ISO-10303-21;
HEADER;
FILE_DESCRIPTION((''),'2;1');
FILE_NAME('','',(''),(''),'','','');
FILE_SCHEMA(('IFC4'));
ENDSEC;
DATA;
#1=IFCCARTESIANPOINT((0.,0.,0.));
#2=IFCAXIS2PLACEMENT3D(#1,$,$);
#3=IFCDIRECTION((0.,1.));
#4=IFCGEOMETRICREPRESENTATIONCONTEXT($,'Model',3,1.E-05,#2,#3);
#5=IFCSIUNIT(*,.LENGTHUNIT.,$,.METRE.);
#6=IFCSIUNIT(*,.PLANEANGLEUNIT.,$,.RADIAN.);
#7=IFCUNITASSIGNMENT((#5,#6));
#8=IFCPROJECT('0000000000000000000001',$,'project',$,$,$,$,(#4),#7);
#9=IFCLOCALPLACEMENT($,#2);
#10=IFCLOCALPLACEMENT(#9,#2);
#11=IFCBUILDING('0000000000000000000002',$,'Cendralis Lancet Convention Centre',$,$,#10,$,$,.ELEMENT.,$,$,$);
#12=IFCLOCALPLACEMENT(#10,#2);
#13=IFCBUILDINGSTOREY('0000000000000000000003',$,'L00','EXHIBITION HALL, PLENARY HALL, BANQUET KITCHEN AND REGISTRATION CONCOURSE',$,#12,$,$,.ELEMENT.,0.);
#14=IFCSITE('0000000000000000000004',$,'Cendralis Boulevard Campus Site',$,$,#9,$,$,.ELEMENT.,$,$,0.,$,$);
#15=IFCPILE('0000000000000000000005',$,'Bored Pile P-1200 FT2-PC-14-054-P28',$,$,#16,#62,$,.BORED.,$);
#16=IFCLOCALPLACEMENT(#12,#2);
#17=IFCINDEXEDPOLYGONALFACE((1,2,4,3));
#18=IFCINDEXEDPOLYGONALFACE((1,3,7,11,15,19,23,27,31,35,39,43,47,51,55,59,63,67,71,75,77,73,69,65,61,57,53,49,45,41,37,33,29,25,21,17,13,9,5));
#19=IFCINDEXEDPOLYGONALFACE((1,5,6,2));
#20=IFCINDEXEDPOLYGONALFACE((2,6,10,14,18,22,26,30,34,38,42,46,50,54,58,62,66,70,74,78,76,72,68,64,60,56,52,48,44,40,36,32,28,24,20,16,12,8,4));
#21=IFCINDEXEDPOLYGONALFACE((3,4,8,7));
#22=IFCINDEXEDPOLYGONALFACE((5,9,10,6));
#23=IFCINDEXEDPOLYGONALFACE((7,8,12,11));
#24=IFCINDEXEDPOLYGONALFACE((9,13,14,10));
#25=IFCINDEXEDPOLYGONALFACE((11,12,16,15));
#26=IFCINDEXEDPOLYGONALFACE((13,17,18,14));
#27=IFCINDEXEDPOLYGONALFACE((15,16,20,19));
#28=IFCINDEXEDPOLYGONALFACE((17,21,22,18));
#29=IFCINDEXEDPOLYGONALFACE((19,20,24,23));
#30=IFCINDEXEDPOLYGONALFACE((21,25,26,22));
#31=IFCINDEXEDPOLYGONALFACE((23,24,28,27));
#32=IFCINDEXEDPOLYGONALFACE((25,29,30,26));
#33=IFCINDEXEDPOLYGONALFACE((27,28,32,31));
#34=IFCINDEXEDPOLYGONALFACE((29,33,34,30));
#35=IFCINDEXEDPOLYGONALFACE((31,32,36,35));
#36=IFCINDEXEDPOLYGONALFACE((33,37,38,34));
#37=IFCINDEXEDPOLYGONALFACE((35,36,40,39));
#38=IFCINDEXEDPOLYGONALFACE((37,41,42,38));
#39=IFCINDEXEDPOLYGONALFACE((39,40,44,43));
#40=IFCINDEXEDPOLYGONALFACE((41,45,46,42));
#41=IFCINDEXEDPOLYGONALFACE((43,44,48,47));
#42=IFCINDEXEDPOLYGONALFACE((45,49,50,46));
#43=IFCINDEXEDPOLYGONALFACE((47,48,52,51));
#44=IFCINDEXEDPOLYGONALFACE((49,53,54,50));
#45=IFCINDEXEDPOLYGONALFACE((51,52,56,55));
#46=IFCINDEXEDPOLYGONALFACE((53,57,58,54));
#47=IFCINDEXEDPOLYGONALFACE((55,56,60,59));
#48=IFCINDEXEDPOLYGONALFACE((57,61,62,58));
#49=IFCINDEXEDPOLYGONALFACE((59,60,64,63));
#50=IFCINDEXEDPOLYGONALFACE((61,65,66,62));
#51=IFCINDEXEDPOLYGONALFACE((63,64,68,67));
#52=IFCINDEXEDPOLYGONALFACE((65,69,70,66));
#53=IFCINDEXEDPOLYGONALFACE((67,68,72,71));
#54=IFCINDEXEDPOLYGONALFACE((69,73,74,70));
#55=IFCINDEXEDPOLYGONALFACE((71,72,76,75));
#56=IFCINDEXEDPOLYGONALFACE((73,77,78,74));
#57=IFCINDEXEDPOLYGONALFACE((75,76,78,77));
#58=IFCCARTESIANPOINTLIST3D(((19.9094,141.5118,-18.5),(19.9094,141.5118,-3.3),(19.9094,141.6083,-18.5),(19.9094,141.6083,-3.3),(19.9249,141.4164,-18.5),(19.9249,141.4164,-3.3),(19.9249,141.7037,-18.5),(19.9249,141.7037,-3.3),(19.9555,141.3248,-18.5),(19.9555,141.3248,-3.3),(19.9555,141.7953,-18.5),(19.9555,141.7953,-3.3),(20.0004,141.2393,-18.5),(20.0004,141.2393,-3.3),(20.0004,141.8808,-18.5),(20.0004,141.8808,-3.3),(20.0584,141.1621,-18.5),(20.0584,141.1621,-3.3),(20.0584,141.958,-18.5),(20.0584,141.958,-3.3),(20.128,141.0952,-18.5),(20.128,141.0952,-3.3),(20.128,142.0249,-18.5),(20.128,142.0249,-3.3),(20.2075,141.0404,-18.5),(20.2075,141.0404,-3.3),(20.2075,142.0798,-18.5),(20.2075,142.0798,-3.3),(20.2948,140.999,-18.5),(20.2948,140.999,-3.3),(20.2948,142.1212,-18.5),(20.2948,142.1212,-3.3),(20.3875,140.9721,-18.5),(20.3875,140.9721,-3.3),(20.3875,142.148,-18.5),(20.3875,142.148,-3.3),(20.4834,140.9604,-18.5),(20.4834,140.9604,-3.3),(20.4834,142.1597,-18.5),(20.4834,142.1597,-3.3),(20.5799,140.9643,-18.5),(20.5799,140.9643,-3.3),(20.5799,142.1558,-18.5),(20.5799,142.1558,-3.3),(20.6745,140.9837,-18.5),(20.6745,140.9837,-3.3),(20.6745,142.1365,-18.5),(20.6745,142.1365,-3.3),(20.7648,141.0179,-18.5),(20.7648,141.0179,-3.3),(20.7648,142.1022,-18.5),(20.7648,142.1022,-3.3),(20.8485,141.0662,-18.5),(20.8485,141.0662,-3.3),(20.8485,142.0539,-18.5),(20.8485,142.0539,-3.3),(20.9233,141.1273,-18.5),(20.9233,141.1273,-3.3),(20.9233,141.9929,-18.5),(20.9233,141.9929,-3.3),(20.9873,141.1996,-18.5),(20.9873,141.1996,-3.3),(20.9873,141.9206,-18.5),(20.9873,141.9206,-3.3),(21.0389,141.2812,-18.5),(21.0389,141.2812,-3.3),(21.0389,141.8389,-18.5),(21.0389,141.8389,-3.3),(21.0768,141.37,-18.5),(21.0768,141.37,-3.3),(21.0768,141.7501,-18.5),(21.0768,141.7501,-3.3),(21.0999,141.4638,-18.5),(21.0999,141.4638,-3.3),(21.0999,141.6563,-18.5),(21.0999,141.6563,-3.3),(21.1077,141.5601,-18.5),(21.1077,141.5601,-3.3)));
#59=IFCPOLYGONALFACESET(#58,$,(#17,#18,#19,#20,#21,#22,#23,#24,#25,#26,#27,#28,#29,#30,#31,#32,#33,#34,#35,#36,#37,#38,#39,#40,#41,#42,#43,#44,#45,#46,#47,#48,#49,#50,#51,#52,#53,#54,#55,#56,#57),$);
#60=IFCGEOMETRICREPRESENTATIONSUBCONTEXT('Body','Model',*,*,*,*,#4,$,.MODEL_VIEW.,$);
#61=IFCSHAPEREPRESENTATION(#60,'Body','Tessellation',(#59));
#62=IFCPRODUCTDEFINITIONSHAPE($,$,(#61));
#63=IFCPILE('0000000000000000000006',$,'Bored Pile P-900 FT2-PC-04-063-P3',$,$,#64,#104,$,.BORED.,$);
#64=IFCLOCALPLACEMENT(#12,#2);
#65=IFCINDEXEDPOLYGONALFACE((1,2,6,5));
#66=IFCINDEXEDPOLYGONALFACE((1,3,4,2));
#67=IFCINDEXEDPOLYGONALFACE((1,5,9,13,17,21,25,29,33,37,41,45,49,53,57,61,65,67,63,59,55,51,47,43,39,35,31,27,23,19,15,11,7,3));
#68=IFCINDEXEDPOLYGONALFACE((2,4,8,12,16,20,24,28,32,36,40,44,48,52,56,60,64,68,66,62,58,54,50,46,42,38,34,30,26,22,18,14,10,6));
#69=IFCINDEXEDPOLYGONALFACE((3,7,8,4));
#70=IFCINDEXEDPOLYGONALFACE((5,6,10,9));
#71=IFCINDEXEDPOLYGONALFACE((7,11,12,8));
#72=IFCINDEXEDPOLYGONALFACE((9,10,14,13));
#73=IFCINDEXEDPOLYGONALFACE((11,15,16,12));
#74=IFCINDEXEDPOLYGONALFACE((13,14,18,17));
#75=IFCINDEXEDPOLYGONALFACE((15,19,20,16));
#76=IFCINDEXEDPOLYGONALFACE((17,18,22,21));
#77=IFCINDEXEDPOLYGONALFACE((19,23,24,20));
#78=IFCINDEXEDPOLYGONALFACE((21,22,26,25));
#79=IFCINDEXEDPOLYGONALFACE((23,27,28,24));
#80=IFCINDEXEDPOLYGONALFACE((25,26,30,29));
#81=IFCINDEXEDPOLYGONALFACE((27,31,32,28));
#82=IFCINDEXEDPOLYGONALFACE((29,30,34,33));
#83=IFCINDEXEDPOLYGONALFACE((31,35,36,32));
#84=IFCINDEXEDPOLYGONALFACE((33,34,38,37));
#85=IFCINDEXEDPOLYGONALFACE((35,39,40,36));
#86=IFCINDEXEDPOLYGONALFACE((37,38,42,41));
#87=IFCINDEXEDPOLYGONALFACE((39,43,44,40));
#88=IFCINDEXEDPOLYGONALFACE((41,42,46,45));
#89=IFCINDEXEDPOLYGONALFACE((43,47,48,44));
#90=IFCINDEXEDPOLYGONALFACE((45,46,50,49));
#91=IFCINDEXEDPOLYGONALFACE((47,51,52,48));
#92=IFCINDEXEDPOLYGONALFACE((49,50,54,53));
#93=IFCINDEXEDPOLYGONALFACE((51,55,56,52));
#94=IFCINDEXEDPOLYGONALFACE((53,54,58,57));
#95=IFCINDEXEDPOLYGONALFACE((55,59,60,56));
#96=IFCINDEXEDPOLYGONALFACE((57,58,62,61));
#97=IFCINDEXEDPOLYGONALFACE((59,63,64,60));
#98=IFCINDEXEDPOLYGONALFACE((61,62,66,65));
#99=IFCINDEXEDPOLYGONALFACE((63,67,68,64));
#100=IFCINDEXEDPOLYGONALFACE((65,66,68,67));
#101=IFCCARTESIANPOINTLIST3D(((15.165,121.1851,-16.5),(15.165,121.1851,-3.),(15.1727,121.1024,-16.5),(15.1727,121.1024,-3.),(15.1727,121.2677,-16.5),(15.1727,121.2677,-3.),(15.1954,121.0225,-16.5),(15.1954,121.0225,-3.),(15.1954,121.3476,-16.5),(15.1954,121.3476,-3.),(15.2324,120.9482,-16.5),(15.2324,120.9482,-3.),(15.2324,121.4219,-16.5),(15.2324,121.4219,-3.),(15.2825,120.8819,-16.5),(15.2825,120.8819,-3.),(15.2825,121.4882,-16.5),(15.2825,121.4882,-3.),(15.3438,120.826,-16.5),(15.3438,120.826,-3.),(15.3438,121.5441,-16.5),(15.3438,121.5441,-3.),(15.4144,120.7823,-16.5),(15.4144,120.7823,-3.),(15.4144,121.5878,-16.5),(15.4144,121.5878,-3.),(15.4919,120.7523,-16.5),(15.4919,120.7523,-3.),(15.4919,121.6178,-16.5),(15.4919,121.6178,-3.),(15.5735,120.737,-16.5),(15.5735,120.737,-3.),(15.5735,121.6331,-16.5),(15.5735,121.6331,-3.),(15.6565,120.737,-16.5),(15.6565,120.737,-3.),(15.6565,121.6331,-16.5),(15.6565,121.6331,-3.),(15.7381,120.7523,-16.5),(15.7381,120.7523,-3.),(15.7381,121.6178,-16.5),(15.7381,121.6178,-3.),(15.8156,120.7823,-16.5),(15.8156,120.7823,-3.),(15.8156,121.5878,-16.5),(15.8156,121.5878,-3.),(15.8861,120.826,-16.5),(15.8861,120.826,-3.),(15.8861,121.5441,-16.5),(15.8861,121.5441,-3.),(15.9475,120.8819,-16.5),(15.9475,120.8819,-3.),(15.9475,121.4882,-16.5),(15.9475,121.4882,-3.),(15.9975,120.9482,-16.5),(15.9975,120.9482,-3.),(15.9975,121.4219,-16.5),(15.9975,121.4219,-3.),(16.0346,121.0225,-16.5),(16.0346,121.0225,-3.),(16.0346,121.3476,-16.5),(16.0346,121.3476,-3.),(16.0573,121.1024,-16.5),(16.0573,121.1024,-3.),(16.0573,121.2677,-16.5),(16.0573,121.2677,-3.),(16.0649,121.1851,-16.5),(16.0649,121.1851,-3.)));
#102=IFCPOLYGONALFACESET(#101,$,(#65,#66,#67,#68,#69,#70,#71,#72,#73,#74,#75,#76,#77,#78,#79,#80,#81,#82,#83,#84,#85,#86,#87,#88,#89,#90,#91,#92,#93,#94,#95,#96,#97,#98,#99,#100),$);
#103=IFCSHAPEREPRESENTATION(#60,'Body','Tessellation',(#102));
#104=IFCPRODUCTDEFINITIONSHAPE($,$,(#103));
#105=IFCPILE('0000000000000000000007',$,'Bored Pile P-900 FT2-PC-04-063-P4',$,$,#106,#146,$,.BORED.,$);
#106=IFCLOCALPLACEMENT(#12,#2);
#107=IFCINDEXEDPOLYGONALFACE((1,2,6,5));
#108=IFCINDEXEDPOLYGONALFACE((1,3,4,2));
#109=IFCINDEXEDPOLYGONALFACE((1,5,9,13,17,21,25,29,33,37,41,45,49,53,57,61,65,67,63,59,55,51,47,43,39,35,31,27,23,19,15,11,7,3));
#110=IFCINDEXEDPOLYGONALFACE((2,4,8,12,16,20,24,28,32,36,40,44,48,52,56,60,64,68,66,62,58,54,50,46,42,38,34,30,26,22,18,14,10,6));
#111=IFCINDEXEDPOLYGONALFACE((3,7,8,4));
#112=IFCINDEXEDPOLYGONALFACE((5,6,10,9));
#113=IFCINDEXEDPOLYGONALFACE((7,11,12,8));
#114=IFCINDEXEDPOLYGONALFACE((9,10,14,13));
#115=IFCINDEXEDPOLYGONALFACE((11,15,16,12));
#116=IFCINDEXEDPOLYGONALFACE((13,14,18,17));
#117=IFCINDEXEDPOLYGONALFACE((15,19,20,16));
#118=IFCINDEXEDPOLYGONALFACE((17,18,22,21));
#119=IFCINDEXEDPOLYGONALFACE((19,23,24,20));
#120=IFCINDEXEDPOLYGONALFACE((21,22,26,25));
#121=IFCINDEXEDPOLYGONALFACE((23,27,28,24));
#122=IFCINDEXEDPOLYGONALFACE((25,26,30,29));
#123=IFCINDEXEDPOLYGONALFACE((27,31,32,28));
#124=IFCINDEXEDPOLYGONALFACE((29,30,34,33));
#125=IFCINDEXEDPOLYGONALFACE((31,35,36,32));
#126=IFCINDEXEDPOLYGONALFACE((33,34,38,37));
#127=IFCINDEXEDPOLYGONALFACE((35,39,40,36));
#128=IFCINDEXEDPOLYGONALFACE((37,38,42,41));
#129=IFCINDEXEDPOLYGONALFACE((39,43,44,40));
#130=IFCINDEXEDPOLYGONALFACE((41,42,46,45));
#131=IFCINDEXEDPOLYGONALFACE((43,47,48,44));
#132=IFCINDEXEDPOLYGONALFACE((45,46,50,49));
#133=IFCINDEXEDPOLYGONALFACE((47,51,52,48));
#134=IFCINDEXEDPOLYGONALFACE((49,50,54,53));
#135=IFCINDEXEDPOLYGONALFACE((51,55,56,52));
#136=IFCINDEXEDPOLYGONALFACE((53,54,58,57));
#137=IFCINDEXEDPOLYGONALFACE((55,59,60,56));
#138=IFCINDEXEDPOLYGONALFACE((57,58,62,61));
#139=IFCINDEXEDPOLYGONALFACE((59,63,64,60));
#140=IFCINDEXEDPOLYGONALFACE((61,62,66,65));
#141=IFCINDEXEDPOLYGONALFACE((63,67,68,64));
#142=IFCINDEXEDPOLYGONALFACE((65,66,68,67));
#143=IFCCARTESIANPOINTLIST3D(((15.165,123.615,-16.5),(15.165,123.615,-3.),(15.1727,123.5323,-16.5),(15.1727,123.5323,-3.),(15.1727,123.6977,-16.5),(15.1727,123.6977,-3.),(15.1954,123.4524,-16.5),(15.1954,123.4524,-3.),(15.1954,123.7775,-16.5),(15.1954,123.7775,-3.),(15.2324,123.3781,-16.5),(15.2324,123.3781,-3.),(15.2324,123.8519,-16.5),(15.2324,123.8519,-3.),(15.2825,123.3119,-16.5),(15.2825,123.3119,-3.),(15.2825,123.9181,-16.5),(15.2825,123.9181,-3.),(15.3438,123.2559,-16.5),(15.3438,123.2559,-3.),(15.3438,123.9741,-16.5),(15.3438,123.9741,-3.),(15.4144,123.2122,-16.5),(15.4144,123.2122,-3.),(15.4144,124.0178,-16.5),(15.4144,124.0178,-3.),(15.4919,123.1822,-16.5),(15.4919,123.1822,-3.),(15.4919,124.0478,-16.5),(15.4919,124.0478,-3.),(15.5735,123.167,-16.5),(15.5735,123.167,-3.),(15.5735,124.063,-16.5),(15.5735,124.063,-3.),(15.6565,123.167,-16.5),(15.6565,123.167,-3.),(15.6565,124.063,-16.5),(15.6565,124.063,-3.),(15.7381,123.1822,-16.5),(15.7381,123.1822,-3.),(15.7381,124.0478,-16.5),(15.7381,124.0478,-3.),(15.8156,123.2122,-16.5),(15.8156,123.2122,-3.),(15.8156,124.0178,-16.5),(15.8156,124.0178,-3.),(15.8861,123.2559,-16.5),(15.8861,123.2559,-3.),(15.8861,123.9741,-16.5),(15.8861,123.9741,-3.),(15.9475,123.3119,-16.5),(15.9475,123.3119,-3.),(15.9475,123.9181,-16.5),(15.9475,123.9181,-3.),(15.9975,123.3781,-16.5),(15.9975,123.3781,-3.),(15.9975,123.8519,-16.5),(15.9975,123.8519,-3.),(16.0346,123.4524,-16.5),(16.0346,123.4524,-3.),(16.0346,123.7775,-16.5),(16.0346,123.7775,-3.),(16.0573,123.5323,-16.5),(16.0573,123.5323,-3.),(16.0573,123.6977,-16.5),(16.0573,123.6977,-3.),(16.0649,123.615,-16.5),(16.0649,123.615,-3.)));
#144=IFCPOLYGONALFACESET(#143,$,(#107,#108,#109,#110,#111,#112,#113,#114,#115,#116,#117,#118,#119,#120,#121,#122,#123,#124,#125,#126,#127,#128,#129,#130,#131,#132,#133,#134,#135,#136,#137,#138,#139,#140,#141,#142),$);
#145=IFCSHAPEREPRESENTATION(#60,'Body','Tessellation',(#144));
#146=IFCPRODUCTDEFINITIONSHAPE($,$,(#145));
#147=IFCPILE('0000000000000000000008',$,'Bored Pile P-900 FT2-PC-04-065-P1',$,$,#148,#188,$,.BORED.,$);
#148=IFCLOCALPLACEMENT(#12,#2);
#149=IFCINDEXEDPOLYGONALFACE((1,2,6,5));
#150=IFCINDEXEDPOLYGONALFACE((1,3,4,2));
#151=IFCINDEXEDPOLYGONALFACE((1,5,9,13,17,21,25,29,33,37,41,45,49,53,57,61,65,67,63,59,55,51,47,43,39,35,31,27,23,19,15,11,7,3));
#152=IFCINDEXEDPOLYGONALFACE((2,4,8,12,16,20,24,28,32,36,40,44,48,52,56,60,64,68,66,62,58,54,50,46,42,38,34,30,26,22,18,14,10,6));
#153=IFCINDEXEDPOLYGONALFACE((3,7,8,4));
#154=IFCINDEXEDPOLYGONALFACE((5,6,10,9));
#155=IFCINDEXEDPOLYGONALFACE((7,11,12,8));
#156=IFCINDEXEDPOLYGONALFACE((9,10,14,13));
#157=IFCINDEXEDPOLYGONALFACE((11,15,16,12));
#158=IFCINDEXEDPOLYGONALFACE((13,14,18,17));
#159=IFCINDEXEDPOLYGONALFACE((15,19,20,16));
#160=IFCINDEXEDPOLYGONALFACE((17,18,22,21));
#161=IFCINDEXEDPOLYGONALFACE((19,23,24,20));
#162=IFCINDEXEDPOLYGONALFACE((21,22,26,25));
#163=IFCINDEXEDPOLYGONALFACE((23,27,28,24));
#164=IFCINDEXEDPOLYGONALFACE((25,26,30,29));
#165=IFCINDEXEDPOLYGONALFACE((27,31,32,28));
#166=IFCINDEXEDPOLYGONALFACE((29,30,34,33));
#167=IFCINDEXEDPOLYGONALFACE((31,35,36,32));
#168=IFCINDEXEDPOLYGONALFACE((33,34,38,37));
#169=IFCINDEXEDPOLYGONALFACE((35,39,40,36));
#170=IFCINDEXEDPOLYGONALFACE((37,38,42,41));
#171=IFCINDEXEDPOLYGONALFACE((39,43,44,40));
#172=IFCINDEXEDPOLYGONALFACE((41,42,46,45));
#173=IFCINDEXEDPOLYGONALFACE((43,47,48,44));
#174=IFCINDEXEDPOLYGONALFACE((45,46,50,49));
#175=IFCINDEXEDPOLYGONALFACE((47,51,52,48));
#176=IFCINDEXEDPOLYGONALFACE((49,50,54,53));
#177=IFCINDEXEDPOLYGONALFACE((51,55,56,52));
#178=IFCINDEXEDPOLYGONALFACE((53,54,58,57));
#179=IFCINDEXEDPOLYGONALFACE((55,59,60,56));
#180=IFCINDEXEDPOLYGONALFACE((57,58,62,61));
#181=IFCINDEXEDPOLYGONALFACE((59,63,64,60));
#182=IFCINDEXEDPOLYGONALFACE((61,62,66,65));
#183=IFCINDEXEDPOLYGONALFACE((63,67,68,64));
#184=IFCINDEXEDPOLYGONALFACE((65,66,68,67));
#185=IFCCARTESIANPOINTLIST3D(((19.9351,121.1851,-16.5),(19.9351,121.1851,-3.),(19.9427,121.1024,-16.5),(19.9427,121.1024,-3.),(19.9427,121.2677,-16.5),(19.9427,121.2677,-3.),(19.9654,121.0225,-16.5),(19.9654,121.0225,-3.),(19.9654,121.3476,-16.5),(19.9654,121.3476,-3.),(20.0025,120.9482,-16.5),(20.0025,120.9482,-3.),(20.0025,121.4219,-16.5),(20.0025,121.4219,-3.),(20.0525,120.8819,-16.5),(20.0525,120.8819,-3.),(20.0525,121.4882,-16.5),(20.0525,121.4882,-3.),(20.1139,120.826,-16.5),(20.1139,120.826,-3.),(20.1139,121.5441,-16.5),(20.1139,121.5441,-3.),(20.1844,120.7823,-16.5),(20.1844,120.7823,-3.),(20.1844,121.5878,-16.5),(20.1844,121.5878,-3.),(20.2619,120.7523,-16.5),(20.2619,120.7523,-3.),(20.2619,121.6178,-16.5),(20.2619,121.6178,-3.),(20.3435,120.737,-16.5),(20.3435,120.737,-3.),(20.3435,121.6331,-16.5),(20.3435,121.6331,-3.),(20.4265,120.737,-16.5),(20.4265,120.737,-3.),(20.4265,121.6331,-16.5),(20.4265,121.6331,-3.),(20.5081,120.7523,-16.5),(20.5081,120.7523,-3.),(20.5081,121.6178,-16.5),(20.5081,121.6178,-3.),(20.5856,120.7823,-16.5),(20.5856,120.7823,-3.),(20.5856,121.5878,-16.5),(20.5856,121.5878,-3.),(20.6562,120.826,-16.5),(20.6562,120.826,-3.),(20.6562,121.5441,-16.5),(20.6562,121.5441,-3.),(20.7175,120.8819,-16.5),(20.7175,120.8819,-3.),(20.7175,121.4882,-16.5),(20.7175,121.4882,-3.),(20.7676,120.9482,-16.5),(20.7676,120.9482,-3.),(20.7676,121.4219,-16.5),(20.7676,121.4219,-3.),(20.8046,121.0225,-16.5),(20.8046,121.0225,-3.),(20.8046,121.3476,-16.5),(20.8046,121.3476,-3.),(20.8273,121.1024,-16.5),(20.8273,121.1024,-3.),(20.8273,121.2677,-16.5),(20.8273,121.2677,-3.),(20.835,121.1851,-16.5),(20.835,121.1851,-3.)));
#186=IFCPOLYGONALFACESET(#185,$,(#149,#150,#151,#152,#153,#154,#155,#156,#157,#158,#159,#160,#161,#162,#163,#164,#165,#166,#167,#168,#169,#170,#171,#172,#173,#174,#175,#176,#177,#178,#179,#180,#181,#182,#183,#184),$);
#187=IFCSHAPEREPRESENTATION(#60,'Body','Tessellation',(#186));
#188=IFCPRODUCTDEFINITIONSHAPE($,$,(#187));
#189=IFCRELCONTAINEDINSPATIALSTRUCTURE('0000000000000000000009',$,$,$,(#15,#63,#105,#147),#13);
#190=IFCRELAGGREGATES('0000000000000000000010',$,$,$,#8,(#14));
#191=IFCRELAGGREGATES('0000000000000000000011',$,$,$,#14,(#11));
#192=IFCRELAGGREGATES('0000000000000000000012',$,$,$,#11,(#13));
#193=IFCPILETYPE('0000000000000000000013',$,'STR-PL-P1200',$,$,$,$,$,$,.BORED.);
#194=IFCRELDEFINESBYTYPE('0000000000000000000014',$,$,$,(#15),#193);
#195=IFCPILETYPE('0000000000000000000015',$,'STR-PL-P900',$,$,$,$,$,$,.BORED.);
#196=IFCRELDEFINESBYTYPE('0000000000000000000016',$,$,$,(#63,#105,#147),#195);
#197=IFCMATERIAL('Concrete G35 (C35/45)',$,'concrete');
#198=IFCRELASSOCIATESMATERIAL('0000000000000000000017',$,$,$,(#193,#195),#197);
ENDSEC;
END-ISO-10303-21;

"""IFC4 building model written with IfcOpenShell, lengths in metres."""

from ifc_helpers import new_model, si_unit, direction, frame, origin, origin_2d, place, context, subcontext, project, spatial, circle, extrude, material, material_profile, profile_set, type_object, element, save


model = new_model("IFC4")

# Units and contexts
model_context = context("Model", 3, precision=1e-05, world=origin(), true_north=direction((0.0, 1.0)))
body_context = subcontext(model_context, "Body", "Model", "MODEL_VIEW")
ifc_project = project(units=[si_unit("LENGTHUNIT", "METRE"), si_unit("PLANEANGLEUNIT", "RADIAN")], contexts=[model_context])

# Site, building, storey
site_placement = place(None, origin())
site = spatial("IfcSite", under=ifc_project, at=site_placement, Name="Cendralis Boulevard Campus Site", CompositionType="ELEMENT", RefElevation=0.0)
building_placement = place(site_placement, origin())
building = spatial("IfcBuilding", under=site, at=building_placement, Name="Cendralis Lancet Convention Centre", CompositionType="ELEMENT")
storey_placement = place(building_placement, origin())
storey = spatial("IfcBuildingStorey", under=building, at=storey_placement, Name="L00", Description="EXHIBITION HALL, PLENARY HALL, BANQUET KITCHEN AND REGISTRATION CONCOURSE", CompositionType="ELEMENT", Elevation=0.0)

# Shared definitions
ifc_material_1 = material(Name="Concrete G35 (C35/45)", Category="concrete")

# Piles
ifc_material_profile_1 = material_profile(ifc_material_1, circle(Radius=0.6001, at=origin_2d()), Name="BORED PILE D1200")
ifc_profile_set_1 = profile_set([ifc_material_profile_1], Name="Concrete G35 (C35/45)")
pile_type_1 = type_object("IfcPileType", Name="STR-PL-P1200", PredefinedType="BORED", material=ifc_profile_set_1)
for number, where, z_axis, x_axis, name in (
    (1, (20.5076, 141.5601, -3.3), (0.0, 0.0, -1.0), (1.0, 0.0, 0.0), "Bored Pile P-1200 FT2-PC-14-054-P28"),
):
    element("IfcPile", number, at=place(storey_placement, frame(where, z_axis=z_axis, x_axis=x_axis)), inside=storey, type_object=pile_type_1, Name=name, PredefinedType="BORED", context=body_context, shape_type="SweptSolid", body=[
        extrude(circle(Radius=0.6001, at=origin_2d()), origin(), (0.0, 0.0, 1.0), 15.2),
    ])
ifc_material_profile_2 = material_profile(ifc_material_1, circle(Radius=0.45, at=origin_2d()), Name="BORED PILE D900")
ifc_profile_set_2 = profile_set([ifc_material_profile_2], Name="Concrete G35 (C35/45)")
pile_type_2 = type_object("IfcPileType", Name="STR-PL-P900", PredefinedType="BORED", material=ifc_profile_set_2)
for number, where, z_axis, x_axis, name in (
    (2, (15.615, 121.1851, -3.0), (0.0, 0.0, -1.0), (1.0, 0.0, 0.0), "Bored Pile P-900 FT2-PC-04-063-P3"),
    (3, (15.615, 123.615, -3.0), (0.0, 0.0, -1.0), (1.0, 0.0, 0.0), "Bored Pile P-900 FT2-PC-04-063-P4"),
    (4, (20.385, 121.1851, -3.0), (0.0, 0.0, -1.0), (1.0, 0.0, 0.0), "Bored Pile P-900 FT2-PC-04-065-P1"),
):
    element("IfcPile", number, at=place(storey_placement, frame(where, z_axis=z_axis, x_axis=x_axis)), inside=storey, type_object=pile_type_2, Name=name, PredefinedType="BORED", context=body_context, shape_type="SweptSolid", body=[
        extrude(circle(Radius=0.45, at=origin_2d()), origin(), (0.0, 0.0, 1.0), 13.5),
    ])

save(model, "model.ifc")
